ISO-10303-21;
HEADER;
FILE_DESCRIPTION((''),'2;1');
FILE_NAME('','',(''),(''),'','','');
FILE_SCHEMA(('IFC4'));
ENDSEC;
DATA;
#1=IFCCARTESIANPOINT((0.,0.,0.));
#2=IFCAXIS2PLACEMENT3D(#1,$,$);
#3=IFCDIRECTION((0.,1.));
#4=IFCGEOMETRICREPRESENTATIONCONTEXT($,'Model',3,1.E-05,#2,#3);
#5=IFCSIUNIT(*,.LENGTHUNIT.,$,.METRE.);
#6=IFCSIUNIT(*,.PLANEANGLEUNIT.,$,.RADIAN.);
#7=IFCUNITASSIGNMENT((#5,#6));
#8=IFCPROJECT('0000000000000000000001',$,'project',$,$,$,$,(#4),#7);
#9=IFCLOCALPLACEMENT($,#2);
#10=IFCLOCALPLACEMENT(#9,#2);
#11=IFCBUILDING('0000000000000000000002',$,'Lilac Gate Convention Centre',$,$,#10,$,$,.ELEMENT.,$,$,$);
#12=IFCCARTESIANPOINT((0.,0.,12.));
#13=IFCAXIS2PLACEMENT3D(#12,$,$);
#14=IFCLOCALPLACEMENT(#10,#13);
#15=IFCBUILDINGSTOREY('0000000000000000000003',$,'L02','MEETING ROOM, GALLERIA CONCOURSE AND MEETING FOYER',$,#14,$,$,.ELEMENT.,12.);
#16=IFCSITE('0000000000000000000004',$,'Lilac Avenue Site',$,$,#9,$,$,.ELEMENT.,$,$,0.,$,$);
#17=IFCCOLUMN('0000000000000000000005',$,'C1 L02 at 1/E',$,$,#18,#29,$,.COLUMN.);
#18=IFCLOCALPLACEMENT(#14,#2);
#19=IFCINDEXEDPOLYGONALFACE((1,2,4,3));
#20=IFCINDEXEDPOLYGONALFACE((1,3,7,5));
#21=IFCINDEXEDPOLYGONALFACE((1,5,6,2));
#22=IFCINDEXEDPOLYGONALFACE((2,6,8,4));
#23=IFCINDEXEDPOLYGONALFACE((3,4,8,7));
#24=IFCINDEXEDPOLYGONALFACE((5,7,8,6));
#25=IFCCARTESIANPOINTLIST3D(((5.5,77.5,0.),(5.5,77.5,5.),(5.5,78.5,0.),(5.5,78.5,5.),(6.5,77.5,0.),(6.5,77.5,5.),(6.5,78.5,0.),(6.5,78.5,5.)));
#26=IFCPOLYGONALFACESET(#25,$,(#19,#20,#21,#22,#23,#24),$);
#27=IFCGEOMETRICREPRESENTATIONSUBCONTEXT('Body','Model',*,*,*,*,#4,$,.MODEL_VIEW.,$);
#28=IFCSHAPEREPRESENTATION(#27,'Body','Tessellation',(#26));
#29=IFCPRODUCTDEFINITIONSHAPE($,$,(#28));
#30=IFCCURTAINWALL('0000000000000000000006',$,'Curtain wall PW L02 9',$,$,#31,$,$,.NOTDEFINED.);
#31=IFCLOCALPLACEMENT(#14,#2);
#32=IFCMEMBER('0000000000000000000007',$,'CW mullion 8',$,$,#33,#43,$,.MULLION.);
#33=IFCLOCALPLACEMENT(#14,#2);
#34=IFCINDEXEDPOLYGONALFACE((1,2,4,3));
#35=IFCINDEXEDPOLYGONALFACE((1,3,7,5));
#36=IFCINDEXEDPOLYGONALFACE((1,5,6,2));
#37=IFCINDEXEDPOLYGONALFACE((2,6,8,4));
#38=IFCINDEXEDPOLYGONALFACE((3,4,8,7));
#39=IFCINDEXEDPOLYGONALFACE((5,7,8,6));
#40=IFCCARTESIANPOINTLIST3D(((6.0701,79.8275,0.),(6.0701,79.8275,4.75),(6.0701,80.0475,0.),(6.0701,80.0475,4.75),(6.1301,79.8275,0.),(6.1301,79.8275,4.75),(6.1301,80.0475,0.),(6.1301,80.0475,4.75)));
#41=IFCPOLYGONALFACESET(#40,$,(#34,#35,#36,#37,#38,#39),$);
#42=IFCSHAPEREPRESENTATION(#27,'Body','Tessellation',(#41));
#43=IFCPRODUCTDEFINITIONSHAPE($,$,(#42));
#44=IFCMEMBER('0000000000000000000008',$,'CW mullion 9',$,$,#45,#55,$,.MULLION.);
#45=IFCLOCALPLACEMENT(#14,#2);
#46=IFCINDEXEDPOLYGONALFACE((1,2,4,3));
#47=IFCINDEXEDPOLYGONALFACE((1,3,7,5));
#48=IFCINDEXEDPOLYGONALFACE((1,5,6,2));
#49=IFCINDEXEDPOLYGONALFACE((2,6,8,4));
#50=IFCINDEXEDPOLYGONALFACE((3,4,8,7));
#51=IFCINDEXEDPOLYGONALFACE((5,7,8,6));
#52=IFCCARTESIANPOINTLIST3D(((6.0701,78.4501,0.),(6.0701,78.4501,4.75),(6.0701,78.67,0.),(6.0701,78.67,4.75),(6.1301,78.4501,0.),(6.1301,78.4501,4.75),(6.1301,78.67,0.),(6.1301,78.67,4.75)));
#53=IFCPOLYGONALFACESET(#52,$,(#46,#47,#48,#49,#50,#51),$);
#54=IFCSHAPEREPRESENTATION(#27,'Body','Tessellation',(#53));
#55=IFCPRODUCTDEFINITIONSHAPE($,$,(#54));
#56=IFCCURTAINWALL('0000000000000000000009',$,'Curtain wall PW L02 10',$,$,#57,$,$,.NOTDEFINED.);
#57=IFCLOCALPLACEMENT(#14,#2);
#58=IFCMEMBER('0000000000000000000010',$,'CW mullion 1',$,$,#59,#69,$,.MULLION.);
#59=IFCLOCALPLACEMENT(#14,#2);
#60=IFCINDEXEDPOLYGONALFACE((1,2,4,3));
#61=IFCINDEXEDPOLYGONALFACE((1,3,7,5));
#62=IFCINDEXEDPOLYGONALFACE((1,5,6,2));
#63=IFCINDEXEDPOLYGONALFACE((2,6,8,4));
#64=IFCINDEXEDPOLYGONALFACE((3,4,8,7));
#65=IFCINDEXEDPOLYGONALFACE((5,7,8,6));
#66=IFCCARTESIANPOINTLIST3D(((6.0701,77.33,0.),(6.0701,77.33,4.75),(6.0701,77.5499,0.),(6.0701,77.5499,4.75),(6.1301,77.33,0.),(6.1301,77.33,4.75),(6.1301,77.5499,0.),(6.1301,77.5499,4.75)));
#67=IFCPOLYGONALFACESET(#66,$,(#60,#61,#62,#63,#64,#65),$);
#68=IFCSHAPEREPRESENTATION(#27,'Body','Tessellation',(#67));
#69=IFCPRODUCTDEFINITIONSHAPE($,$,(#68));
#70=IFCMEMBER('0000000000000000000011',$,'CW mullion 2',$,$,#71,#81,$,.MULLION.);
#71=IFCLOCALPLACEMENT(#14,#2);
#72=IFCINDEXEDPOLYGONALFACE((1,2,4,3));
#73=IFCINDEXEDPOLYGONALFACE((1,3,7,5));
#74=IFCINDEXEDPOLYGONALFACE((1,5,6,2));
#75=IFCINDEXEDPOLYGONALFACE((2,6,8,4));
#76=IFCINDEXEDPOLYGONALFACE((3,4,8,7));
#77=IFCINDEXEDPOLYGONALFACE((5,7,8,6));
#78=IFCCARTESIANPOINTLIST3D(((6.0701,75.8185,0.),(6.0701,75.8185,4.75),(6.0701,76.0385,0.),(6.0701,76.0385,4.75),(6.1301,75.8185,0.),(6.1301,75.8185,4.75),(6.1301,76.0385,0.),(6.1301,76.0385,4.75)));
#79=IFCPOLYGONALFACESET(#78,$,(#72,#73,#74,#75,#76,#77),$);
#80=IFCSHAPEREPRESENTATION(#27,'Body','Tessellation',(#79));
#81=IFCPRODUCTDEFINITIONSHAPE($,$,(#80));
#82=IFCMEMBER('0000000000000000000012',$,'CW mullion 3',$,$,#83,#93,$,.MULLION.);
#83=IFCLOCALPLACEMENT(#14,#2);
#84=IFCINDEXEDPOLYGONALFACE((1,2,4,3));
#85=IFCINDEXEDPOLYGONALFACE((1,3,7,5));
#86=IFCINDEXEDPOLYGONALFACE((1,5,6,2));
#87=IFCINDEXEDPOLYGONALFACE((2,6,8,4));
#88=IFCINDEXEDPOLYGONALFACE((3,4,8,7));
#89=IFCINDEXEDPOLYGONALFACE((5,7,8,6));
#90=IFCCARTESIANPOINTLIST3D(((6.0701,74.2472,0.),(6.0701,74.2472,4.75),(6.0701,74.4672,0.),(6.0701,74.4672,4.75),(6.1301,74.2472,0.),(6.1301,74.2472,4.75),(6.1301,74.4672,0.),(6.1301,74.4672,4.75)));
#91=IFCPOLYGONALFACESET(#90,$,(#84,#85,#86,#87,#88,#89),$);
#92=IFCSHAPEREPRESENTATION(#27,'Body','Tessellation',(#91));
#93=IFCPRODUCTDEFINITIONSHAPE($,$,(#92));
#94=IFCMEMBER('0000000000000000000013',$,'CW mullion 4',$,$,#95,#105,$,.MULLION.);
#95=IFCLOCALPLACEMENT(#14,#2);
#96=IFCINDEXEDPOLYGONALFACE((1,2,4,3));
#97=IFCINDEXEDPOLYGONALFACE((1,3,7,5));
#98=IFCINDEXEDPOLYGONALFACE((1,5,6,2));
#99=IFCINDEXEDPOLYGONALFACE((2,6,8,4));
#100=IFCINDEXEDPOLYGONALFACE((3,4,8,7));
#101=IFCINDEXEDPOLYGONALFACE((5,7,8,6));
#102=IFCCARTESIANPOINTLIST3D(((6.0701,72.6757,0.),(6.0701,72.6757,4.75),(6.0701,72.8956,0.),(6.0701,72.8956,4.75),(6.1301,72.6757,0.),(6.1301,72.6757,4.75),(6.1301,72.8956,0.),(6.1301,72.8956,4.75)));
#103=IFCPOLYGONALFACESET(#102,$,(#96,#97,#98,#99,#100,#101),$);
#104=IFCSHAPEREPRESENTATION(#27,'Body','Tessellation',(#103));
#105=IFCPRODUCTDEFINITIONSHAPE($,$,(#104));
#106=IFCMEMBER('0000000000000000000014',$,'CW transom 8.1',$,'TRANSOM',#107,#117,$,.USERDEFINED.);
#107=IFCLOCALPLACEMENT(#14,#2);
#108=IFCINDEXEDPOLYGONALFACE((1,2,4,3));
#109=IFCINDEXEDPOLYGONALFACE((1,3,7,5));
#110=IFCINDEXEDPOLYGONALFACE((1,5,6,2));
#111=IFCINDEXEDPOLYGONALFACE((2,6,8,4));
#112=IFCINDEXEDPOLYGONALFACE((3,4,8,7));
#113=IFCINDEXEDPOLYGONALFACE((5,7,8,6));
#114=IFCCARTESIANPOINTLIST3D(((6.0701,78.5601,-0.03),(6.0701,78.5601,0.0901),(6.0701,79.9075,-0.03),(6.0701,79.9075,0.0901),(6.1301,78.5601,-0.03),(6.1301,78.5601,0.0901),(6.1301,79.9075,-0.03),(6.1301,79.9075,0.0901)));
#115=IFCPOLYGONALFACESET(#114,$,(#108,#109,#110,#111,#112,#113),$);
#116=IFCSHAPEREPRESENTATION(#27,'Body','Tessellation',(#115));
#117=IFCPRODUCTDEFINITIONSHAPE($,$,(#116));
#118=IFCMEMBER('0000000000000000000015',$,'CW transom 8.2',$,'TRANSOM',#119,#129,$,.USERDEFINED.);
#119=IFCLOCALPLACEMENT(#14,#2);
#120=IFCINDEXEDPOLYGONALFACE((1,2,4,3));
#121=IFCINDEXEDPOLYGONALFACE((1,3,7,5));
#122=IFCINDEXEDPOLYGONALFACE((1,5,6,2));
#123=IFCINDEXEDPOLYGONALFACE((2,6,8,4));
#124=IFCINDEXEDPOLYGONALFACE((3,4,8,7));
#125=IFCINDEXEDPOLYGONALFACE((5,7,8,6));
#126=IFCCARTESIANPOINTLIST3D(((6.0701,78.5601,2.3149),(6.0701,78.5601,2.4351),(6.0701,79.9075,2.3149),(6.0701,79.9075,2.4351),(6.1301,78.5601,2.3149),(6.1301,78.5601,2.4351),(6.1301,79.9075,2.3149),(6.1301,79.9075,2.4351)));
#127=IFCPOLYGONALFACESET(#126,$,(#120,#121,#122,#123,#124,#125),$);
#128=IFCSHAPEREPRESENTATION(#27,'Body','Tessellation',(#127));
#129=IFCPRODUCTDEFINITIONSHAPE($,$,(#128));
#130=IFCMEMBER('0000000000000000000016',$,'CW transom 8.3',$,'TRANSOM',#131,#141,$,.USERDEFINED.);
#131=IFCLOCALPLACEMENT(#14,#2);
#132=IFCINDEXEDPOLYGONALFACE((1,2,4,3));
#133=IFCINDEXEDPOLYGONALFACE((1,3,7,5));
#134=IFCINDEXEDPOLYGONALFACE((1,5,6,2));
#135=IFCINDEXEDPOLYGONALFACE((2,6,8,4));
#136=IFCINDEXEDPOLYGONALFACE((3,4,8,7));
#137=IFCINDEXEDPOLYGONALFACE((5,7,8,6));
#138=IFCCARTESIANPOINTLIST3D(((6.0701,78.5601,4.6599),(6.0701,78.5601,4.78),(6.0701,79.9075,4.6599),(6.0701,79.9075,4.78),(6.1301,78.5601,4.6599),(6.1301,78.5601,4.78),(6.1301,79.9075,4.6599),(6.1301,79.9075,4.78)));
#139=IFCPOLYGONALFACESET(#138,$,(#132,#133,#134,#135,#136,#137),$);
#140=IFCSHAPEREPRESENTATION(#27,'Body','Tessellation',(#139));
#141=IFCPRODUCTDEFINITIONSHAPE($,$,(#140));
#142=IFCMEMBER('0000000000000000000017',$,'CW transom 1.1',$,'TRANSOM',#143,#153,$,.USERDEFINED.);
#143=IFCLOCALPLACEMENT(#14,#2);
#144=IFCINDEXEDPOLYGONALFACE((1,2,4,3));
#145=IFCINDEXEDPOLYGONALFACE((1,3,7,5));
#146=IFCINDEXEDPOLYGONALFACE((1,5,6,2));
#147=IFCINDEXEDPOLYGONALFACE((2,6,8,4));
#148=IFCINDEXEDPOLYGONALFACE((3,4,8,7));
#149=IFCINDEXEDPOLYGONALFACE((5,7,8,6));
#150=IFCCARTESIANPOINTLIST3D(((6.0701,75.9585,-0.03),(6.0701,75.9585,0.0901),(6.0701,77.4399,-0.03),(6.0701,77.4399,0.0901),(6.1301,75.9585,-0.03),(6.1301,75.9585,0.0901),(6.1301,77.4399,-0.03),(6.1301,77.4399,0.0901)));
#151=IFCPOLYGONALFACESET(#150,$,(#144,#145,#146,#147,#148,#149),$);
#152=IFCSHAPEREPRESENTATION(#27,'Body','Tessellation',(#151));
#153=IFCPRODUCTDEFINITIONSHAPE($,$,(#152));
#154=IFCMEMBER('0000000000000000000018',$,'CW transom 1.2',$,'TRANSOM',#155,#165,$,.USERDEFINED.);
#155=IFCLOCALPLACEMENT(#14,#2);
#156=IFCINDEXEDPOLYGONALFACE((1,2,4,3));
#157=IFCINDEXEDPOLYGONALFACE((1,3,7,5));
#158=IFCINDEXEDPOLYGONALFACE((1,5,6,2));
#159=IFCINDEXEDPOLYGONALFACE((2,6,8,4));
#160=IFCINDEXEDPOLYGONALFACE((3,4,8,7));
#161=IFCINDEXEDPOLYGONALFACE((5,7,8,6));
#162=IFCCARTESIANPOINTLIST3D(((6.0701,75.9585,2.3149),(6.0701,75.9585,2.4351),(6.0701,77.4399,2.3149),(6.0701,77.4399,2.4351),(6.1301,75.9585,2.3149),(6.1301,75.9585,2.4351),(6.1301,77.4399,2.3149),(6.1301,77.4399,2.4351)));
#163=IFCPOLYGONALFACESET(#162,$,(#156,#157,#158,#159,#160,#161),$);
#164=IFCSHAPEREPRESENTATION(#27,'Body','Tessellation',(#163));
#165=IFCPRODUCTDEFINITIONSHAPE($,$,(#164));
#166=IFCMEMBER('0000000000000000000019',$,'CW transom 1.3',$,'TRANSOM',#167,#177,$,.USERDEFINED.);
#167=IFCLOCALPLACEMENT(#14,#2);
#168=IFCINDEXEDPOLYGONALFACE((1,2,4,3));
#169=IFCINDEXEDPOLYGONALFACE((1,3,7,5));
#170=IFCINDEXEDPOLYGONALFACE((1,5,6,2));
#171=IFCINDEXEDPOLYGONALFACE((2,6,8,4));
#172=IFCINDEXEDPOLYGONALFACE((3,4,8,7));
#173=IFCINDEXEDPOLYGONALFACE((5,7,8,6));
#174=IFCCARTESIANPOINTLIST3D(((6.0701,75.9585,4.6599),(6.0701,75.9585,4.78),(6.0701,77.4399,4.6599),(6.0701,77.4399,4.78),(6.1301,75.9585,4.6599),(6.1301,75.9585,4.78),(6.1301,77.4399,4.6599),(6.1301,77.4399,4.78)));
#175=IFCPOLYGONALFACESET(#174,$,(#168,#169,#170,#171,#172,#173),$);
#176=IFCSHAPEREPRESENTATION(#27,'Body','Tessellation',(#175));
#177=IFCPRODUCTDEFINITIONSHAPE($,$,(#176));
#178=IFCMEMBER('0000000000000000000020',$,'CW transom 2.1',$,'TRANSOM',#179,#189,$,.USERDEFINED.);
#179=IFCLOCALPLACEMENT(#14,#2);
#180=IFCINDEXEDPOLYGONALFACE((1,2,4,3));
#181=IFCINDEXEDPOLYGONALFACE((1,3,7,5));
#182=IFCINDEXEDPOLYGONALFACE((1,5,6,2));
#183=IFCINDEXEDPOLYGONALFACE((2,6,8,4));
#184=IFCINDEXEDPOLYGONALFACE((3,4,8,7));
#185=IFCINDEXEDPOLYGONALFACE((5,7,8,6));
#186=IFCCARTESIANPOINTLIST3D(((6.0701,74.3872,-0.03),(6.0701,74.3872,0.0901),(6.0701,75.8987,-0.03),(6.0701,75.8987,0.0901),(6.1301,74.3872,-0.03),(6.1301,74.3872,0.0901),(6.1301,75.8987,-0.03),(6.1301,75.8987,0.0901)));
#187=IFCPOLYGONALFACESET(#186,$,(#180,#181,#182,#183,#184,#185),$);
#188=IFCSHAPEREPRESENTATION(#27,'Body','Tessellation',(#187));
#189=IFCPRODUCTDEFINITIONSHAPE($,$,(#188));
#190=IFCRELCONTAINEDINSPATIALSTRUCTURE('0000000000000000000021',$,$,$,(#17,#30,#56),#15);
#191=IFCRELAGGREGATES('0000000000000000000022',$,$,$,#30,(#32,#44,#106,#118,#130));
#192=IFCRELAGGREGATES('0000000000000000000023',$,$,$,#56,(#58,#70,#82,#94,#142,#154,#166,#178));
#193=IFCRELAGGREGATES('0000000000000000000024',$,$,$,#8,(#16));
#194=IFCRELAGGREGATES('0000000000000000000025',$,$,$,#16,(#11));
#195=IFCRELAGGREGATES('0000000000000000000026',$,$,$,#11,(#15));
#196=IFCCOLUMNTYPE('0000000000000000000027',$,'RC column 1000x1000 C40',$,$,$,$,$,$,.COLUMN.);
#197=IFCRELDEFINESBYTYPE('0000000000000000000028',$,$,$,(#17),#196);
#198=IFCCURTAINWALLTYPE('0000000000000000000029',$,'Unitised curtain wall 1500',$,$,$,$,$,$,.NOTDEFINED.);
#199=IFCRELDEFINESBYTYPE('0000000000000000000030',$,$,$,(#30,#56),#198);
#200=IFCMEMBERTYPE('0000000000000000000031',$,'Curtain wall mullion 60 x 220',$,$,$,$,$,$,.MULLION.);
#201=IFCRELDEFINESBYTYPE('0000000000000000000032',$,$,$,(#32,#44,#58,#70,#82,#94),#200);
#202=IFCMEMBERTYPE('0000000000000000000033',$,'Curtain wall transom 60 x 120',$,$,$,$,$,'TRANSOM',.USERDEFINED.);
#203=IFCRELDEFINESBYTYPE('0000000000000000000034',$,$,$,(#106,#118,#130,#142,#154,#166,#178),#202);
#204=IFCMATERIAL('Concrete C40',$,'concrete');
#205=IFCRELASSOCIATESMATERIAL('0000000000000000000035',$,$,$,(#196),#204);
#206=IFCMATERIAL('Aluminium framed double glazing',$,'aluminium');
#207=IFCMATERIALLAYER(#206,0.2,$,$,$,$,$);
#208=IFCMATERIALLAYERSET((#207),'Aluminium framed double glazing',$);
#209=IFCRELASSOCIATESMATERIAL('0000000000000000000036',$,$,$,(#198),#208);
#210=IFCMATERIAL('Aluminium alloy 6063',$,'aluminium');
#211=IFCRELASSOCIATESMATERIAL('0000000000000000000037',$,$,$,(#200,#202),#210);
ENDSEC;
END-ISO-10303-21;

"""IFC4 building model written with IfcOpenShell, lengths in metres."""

from ifc_helpers import new_model, si_unit, direction, frame, origin, origin_2d, place, context, subcontext, project, spatial, rectangle, extrude, material, layer, layer_set, material_profile, profile_set, type_object, element, aggregate, save


model = new_model("IFC4")

# Units and contexts
model_context = context("Model", 3, precision=1e-05, world=origin(), true_north=direction((0.0, 1.0)))
body_context = subcontext(model_context, "Body", "Model", "MODEL_VIEW")
ifc_project = project(units=[si_unit("LENGTHUNIT", "METRE"), si_unit("PLANEANGLEUNIT", "RADIAN")], contexts=[model_context])

# Site, building, storey
site_placement = place(None, origin())
site = spatial("IfcSite", under=ifc_project, at=site_placement, Name="Lilac Avenue Site", CompositionType="ELEMENT", RefElevation=0.0)
building_placement = place(site_placement, origin())
building = spatial("IfcBuilding", under=site, at=building_placement, Name="Lilac Gate Convention Centre", CompositionType="ELEMENT")
storey_placement = place(building_placement, frame((0.0, 0.0, 12.0)))
storey = spatial("IfcBuildingStorey", under=building, at=storey_placement, Name="L02", Description="MEETING ROOM, GALLERIA CONCOURSE AND MEETING FOYER", CompositionType="ELEMENT", Elevation=12.0)

# Column
ifc_material_1 = material(Name="Concrete C40", Category="concrete")
ifc_material_profile_1 = material_profile(ifc_material_1, rectangle(XDim=1.0, YDim=1.0, at=origin_2d()), Name="RC 1000x1000")
ifc_profile_set_1 = profile_set([ifc_material_profile_1], Name="Concrete C40")
column_type = type_object("IfcColumnType", Name="RC column 1000x1000 C40", PredefinedType="COLUMN", material=ifc_profile_set_1)
column_placement = place(storey_placement, frame((6.0, 78.0, 0.0), z_axis=(0.0, 0.0, 1.0), x_axis=(1.0, 0.0, 0.0)))
element("IfcColumn", 1, at=column_placement, inside=storey, type_object=column_type, Name="C1 L02 at 1/E", PredefinedType="COLUMN", context=body_context, shape_type="SweptSolid", body=[
    extrude(rectangle(XDim=1.0, YDim=1.0, at=origin_2d()), origin(), (0.0, 0.0, 1.0), 5.0),
])

# Curtain walls, members
ifc_material_2 = material(Name="Aluminium framed double glazing", Category="aluminium")
ifc_layer_1 = layer(ifc_material_2, 0.2)
ifc_layer_set_1 = layer_set([ifc_layer_1], Name="Aluminium framed double glazing")
curtain_wall_type = type_object("IfcCurtainWallType", Name="Unitised curtain wall 1500", PredefinedType="NOTDEFINED", material=ifc_layer_set_1)
curtain_wall_1_placement = place(storey_placement, origin())
curtain_wall_1 = element("IfcCurtainWall", 2, at=curtain_wall_1_placement, inside=storey, type_object=curtain_wall_type, Name="Curtain wall PW L02 9", PredefinedType="NOTDEFINED")
ifc_material_3 = material(Name="Aluminium alloy 6063", Category="aluminium")
ifc_material_profile_2 = material_profile(ifc_material_3, rectangle(XDim=0.0601, YDim=0.22, at=origin_2d()), Name="Curtain wall mullion 60 x 220")
ifc_profile_set_2 = profile_set([ifc_material_profile_2], Name="Aluminium alloy 6063")
member_type_1 = type_object("IfcMemberType", Name="Curtain wall mullion 60 x 220", PredefinedType="MULLION", material=ifc_profile_set_2)
member_1_placement = place(storey_placement, frame((6.1001, 79.9375, 0.0), z_axis=(0.0, 0.0, 1.0), x_axis=(1.0, 0.0, 0.0)))
member_1 = element("IfcMember", 3, at=member_1_placement, type_object=member_type_1, Name="CW mullion 8", PredefinedType="MULLION", context=body_context, shape_type="SweptSolid", body=[
    extrude(rectangle(XDim=0.0601, YDim=0.22, at=origin_2d()), origin(), (0.0, 0.0, 1.0), 4.75),
])
member_2_placement = place(storey_placement, frame((6.1001, 78.5601, 0.0), z_axis=(0.0, 0.0, 1.0), x_axis=(1.0, 0.0, 0.0)))
member_2 = element("IfcMember", 4, at=member_2_placement, type_object=member_type_1, Name="CW mullion 9", PredefinedType="MULLION", context=body_context, shape_type="SweptSolid", body=[
    extrude(rectangle(XDim=0.0601, YDim=0.22, at=origin_2d()), origin(), (0.0, 0.0, 1.0), 4.75),
])
curtain_wall_2_placement = place(storey_placement, origin())
curtain_wall_2 = element("IfcCurtainWall", 5, at=curtain_wall_2_placement, inside=storey, type_object=curtain_wall_type, Name="Curtain wall PW L02 10", PredefinedType="NOTDEFINED")
member_3_placement = place(storey_placement, frame((6.1001, 77.4399, 0.0), z_axis=(0.0, 0.0, 1.0), x_axis=(1.0, 0.0, 0.0)))
member_3 = element("IfcMember", 6, at=member_3_placement, type_object=member_type_1, Name="CW mullion 1", PredefinedType="MULLION", context=body_context, shape_type="SweptSolid", body=[
    extrude(rectangle(XDim=0.0601, YDim=0.22, at=origin_2d()), origin(), (0.0, 0.0, 1.0), 4.75),
])
member_4_placement = place(storey_placement, frame((6.1001, 75.9285, 0.0), z_axis=(0.0, 0.0, 1.0), x_axis=(1.0, 0.0, 0.0)))
member_4 = element("IfcMember", 7, at=member_4_placement, type_object=member_type_1, Name="CW mullion 2", PredefinedType="MULLION", context=body_context, shape_type="SweptSolid", body=[
    extrude(rectangle(XDim=0.0601, YDim=0.22, at=origin_2d()), origin(), (0.0, 0.0, 1.0), 4.75),
])
member_5_placement = place(storey_placement, frame((6.1001, 74.3572, 0.0), z_axis=(0.0, 0.0, 1.0), x_axis=(1.0, 0.0, 0.0)))
member_5 = element("IfcMember", 8, at=member_5_placement, type_object=member_type_1, Name="CW mullion 3", PredefinedType="MULLION", context=body_context, shape_type="SweptSolid", body=[
    extrude(rectangle(XDim=0.0601, YDim=0.22, at=origin_2d()), origin(), (0.0, 0.0, 1.0), 4.75),
])
member_6_placement = place(storey_placement, frame((6.1001, 72.7856, 0.0), z_axis=(0.0, 0.0, 1.0), x_axis=(1.0, 0.0, 0.0)))
member_6 = element("IfcMember", 9, at=member_6_placement, type_object=member_type_1, Name="CW mullion 4", PredefinedType="MULLION", context=body_context, shape_type="SweptSolid", body=[
    extrude(rectangle(XDim=0.0601, YDim=0.22, at=origin_2d()), origin(), (0.0, 0.0, 1.0), 4.75),
])

# Members
ifc_material_profile_3 = material_profile(ifc_material_3, rectangle(XDim=0.0601, YDim=0.1201, at=origin_2d()), Name="Curtain wall transom 60 x 120")
ifc_profile_set_3 = profile_set([ifc_material_profile_3], Name="Aluminium alloy 6063")
member_type_2 = type_object("IfcMemberType", Name="Curtain wall transom 60 x 120", ElementType="TRANSOM", PredefinedType="USERDEFINED", material=ifc_profile_set_3)
member_7_placement = place(storey_placement, frame((6.1001, 79.9075, 0.03), z_axis=(0.0, -1.0, 0.0), x_axis=(1.0, 0.0, 0.0)))
member_7 = element("IfcMember", 10, at=member_7_placement, type_object=member_type_2, Name="CW transom 8.1", ObjectType="TRANSOM", PredefinedType="USERDEFINED", context=body_context, shape_type="SweptSolid", body=[
    extrude(rectangle(XDim=0.0601, YDim=0.1201, at=origin_2d()), origin(), (0.0, 0.0, 1.0), 1.3474),
])
member_8_placement = place(storey_placement, frame((6.1001, 79.9075, 2.375), z_axis=(0.0, -1.0, 0.0), x_axis=(1.0, 0.0, 0.0)))
member_8 = element("IfcMember", 11, at=member_8_placement, type_object=member_type_2, Name="CW transom 8.2", ObjectType="TRANSOM", PredefinedType="USERDEFINED", context=body_context, shape_type="SweptSolid", body=[
    extrude(rectangle(XDim=0.0601, YDim=0.1201, at=origin_2d()), origin(), (0.0, 0.0, 1.0), 1.3474),
])
member_9_placement = place(storey_placement, frame((6.1001, 79.9075, 4.72), z_axis=(0.0, -1.0, 0.0), x_axis=(1.0, 0.0, 0.0)))
member_9 = element("IfcMember", 12, at=member_9_placement, type_object=member_type_2, Name="CW transom 8.3", ObjectType="TRANSOM", PredefinedType="USERDEFINED", context=body_context, shape_type="SweptSolid", body=[
    extrude(rectangle(XDim=0.0601, YDim=0.1201, at=origin_2d()), origin(), (0.0, 0.0, 1.0), 1.3474),
])
member_10_placement = place(storey_placement, frame((6.1001, 77.4399, 0.03), z_axis=(0.0, -1.0, 0.0), x_axis=(1.0, 0.0, 0.0)))
member_10 = element("IfcMember", 13, at=member_10_placement, type_object=member_type_2, Name="CW transom 1.1", ObjectType="TRANSOM", PredefinedType="USERDEFINED", context=body_context, shape_type="SweptSolid", body=[
    extrude(rectangle(XDim=0.0601, YDim=0.1201, at=origin_2d()), origin(), (0.0, 0.0, 1.0), 1.4814),
])
member_11_placement = place(storey_placement, frame((6.1001, 77.4399, 2.375), z_axis=(0.0, -1.0, 0.0), x_axis=(1.0, 0.0, 0.0)))
member_11 = element("IfcMember", 14, at=member_11_placement, type_object=member_type_2, Name="CW transom 1.2", ObjectType="TRANSOM", PredefinedType="USERDEFINED", context=body_context, shape_type="SweptSolid", body=[
    extrude(rectangle(XDim=0.0601, YDim=0.1201, at=origin_2d()), origin(), (0.0, 0.0, 1.0), 1.4814),
])
member_12_placement = place(storey_placement, frame((6.1001, 77.4399, 4.72), z_axis=(0.0, -1.0, 0.0), x_axis=(1.0, 0.0, 0.0)))
member_12 = element("IfcMember", 15, at=member_12_placement, type_object=member_type_2, Name="CW transom 1.3", ObjectType="TRANSOM", PredefinedType="USERDEFINED", context=body_context, shape_type="SweptSolid", body=[
    extrude(rectangle(XDim=0.0601, YDim=0.1201, at=origin_2d()), origin(), (0.0, 0.0, 1.0), 1.4814),
])
member_13_placement = place(storey_placement, frame((6.1001, 75.8987, 0.03), z_axis=(0.0, -1.0, 0.0), x_axis=(1.0, 0.0, 0.0)))
member_13 = element("IfcMember", 16, at=member_13_placement, type_object=member_type_2, Name="CW transom 2.1", ObjectType="TRANSOM", PredefinedType="USERDEFINED", context=body_context, shape_type="SweptSolid", body=[
    extrude(rectangle(XDim=0.0601, YDim=0.1201, at=origin_2d()), origin(), (0.0, 0.0, 1.0), 1.5115),
])

aggregate(curtain_wall_1, [member_1, member_2, member_7, member_8, member_9])
aggregate(curtain_wall_2, [member_3, member_4, member_5, member_6, member_10, member_11, member_12, member_13])

save(model, "model.ifc")
